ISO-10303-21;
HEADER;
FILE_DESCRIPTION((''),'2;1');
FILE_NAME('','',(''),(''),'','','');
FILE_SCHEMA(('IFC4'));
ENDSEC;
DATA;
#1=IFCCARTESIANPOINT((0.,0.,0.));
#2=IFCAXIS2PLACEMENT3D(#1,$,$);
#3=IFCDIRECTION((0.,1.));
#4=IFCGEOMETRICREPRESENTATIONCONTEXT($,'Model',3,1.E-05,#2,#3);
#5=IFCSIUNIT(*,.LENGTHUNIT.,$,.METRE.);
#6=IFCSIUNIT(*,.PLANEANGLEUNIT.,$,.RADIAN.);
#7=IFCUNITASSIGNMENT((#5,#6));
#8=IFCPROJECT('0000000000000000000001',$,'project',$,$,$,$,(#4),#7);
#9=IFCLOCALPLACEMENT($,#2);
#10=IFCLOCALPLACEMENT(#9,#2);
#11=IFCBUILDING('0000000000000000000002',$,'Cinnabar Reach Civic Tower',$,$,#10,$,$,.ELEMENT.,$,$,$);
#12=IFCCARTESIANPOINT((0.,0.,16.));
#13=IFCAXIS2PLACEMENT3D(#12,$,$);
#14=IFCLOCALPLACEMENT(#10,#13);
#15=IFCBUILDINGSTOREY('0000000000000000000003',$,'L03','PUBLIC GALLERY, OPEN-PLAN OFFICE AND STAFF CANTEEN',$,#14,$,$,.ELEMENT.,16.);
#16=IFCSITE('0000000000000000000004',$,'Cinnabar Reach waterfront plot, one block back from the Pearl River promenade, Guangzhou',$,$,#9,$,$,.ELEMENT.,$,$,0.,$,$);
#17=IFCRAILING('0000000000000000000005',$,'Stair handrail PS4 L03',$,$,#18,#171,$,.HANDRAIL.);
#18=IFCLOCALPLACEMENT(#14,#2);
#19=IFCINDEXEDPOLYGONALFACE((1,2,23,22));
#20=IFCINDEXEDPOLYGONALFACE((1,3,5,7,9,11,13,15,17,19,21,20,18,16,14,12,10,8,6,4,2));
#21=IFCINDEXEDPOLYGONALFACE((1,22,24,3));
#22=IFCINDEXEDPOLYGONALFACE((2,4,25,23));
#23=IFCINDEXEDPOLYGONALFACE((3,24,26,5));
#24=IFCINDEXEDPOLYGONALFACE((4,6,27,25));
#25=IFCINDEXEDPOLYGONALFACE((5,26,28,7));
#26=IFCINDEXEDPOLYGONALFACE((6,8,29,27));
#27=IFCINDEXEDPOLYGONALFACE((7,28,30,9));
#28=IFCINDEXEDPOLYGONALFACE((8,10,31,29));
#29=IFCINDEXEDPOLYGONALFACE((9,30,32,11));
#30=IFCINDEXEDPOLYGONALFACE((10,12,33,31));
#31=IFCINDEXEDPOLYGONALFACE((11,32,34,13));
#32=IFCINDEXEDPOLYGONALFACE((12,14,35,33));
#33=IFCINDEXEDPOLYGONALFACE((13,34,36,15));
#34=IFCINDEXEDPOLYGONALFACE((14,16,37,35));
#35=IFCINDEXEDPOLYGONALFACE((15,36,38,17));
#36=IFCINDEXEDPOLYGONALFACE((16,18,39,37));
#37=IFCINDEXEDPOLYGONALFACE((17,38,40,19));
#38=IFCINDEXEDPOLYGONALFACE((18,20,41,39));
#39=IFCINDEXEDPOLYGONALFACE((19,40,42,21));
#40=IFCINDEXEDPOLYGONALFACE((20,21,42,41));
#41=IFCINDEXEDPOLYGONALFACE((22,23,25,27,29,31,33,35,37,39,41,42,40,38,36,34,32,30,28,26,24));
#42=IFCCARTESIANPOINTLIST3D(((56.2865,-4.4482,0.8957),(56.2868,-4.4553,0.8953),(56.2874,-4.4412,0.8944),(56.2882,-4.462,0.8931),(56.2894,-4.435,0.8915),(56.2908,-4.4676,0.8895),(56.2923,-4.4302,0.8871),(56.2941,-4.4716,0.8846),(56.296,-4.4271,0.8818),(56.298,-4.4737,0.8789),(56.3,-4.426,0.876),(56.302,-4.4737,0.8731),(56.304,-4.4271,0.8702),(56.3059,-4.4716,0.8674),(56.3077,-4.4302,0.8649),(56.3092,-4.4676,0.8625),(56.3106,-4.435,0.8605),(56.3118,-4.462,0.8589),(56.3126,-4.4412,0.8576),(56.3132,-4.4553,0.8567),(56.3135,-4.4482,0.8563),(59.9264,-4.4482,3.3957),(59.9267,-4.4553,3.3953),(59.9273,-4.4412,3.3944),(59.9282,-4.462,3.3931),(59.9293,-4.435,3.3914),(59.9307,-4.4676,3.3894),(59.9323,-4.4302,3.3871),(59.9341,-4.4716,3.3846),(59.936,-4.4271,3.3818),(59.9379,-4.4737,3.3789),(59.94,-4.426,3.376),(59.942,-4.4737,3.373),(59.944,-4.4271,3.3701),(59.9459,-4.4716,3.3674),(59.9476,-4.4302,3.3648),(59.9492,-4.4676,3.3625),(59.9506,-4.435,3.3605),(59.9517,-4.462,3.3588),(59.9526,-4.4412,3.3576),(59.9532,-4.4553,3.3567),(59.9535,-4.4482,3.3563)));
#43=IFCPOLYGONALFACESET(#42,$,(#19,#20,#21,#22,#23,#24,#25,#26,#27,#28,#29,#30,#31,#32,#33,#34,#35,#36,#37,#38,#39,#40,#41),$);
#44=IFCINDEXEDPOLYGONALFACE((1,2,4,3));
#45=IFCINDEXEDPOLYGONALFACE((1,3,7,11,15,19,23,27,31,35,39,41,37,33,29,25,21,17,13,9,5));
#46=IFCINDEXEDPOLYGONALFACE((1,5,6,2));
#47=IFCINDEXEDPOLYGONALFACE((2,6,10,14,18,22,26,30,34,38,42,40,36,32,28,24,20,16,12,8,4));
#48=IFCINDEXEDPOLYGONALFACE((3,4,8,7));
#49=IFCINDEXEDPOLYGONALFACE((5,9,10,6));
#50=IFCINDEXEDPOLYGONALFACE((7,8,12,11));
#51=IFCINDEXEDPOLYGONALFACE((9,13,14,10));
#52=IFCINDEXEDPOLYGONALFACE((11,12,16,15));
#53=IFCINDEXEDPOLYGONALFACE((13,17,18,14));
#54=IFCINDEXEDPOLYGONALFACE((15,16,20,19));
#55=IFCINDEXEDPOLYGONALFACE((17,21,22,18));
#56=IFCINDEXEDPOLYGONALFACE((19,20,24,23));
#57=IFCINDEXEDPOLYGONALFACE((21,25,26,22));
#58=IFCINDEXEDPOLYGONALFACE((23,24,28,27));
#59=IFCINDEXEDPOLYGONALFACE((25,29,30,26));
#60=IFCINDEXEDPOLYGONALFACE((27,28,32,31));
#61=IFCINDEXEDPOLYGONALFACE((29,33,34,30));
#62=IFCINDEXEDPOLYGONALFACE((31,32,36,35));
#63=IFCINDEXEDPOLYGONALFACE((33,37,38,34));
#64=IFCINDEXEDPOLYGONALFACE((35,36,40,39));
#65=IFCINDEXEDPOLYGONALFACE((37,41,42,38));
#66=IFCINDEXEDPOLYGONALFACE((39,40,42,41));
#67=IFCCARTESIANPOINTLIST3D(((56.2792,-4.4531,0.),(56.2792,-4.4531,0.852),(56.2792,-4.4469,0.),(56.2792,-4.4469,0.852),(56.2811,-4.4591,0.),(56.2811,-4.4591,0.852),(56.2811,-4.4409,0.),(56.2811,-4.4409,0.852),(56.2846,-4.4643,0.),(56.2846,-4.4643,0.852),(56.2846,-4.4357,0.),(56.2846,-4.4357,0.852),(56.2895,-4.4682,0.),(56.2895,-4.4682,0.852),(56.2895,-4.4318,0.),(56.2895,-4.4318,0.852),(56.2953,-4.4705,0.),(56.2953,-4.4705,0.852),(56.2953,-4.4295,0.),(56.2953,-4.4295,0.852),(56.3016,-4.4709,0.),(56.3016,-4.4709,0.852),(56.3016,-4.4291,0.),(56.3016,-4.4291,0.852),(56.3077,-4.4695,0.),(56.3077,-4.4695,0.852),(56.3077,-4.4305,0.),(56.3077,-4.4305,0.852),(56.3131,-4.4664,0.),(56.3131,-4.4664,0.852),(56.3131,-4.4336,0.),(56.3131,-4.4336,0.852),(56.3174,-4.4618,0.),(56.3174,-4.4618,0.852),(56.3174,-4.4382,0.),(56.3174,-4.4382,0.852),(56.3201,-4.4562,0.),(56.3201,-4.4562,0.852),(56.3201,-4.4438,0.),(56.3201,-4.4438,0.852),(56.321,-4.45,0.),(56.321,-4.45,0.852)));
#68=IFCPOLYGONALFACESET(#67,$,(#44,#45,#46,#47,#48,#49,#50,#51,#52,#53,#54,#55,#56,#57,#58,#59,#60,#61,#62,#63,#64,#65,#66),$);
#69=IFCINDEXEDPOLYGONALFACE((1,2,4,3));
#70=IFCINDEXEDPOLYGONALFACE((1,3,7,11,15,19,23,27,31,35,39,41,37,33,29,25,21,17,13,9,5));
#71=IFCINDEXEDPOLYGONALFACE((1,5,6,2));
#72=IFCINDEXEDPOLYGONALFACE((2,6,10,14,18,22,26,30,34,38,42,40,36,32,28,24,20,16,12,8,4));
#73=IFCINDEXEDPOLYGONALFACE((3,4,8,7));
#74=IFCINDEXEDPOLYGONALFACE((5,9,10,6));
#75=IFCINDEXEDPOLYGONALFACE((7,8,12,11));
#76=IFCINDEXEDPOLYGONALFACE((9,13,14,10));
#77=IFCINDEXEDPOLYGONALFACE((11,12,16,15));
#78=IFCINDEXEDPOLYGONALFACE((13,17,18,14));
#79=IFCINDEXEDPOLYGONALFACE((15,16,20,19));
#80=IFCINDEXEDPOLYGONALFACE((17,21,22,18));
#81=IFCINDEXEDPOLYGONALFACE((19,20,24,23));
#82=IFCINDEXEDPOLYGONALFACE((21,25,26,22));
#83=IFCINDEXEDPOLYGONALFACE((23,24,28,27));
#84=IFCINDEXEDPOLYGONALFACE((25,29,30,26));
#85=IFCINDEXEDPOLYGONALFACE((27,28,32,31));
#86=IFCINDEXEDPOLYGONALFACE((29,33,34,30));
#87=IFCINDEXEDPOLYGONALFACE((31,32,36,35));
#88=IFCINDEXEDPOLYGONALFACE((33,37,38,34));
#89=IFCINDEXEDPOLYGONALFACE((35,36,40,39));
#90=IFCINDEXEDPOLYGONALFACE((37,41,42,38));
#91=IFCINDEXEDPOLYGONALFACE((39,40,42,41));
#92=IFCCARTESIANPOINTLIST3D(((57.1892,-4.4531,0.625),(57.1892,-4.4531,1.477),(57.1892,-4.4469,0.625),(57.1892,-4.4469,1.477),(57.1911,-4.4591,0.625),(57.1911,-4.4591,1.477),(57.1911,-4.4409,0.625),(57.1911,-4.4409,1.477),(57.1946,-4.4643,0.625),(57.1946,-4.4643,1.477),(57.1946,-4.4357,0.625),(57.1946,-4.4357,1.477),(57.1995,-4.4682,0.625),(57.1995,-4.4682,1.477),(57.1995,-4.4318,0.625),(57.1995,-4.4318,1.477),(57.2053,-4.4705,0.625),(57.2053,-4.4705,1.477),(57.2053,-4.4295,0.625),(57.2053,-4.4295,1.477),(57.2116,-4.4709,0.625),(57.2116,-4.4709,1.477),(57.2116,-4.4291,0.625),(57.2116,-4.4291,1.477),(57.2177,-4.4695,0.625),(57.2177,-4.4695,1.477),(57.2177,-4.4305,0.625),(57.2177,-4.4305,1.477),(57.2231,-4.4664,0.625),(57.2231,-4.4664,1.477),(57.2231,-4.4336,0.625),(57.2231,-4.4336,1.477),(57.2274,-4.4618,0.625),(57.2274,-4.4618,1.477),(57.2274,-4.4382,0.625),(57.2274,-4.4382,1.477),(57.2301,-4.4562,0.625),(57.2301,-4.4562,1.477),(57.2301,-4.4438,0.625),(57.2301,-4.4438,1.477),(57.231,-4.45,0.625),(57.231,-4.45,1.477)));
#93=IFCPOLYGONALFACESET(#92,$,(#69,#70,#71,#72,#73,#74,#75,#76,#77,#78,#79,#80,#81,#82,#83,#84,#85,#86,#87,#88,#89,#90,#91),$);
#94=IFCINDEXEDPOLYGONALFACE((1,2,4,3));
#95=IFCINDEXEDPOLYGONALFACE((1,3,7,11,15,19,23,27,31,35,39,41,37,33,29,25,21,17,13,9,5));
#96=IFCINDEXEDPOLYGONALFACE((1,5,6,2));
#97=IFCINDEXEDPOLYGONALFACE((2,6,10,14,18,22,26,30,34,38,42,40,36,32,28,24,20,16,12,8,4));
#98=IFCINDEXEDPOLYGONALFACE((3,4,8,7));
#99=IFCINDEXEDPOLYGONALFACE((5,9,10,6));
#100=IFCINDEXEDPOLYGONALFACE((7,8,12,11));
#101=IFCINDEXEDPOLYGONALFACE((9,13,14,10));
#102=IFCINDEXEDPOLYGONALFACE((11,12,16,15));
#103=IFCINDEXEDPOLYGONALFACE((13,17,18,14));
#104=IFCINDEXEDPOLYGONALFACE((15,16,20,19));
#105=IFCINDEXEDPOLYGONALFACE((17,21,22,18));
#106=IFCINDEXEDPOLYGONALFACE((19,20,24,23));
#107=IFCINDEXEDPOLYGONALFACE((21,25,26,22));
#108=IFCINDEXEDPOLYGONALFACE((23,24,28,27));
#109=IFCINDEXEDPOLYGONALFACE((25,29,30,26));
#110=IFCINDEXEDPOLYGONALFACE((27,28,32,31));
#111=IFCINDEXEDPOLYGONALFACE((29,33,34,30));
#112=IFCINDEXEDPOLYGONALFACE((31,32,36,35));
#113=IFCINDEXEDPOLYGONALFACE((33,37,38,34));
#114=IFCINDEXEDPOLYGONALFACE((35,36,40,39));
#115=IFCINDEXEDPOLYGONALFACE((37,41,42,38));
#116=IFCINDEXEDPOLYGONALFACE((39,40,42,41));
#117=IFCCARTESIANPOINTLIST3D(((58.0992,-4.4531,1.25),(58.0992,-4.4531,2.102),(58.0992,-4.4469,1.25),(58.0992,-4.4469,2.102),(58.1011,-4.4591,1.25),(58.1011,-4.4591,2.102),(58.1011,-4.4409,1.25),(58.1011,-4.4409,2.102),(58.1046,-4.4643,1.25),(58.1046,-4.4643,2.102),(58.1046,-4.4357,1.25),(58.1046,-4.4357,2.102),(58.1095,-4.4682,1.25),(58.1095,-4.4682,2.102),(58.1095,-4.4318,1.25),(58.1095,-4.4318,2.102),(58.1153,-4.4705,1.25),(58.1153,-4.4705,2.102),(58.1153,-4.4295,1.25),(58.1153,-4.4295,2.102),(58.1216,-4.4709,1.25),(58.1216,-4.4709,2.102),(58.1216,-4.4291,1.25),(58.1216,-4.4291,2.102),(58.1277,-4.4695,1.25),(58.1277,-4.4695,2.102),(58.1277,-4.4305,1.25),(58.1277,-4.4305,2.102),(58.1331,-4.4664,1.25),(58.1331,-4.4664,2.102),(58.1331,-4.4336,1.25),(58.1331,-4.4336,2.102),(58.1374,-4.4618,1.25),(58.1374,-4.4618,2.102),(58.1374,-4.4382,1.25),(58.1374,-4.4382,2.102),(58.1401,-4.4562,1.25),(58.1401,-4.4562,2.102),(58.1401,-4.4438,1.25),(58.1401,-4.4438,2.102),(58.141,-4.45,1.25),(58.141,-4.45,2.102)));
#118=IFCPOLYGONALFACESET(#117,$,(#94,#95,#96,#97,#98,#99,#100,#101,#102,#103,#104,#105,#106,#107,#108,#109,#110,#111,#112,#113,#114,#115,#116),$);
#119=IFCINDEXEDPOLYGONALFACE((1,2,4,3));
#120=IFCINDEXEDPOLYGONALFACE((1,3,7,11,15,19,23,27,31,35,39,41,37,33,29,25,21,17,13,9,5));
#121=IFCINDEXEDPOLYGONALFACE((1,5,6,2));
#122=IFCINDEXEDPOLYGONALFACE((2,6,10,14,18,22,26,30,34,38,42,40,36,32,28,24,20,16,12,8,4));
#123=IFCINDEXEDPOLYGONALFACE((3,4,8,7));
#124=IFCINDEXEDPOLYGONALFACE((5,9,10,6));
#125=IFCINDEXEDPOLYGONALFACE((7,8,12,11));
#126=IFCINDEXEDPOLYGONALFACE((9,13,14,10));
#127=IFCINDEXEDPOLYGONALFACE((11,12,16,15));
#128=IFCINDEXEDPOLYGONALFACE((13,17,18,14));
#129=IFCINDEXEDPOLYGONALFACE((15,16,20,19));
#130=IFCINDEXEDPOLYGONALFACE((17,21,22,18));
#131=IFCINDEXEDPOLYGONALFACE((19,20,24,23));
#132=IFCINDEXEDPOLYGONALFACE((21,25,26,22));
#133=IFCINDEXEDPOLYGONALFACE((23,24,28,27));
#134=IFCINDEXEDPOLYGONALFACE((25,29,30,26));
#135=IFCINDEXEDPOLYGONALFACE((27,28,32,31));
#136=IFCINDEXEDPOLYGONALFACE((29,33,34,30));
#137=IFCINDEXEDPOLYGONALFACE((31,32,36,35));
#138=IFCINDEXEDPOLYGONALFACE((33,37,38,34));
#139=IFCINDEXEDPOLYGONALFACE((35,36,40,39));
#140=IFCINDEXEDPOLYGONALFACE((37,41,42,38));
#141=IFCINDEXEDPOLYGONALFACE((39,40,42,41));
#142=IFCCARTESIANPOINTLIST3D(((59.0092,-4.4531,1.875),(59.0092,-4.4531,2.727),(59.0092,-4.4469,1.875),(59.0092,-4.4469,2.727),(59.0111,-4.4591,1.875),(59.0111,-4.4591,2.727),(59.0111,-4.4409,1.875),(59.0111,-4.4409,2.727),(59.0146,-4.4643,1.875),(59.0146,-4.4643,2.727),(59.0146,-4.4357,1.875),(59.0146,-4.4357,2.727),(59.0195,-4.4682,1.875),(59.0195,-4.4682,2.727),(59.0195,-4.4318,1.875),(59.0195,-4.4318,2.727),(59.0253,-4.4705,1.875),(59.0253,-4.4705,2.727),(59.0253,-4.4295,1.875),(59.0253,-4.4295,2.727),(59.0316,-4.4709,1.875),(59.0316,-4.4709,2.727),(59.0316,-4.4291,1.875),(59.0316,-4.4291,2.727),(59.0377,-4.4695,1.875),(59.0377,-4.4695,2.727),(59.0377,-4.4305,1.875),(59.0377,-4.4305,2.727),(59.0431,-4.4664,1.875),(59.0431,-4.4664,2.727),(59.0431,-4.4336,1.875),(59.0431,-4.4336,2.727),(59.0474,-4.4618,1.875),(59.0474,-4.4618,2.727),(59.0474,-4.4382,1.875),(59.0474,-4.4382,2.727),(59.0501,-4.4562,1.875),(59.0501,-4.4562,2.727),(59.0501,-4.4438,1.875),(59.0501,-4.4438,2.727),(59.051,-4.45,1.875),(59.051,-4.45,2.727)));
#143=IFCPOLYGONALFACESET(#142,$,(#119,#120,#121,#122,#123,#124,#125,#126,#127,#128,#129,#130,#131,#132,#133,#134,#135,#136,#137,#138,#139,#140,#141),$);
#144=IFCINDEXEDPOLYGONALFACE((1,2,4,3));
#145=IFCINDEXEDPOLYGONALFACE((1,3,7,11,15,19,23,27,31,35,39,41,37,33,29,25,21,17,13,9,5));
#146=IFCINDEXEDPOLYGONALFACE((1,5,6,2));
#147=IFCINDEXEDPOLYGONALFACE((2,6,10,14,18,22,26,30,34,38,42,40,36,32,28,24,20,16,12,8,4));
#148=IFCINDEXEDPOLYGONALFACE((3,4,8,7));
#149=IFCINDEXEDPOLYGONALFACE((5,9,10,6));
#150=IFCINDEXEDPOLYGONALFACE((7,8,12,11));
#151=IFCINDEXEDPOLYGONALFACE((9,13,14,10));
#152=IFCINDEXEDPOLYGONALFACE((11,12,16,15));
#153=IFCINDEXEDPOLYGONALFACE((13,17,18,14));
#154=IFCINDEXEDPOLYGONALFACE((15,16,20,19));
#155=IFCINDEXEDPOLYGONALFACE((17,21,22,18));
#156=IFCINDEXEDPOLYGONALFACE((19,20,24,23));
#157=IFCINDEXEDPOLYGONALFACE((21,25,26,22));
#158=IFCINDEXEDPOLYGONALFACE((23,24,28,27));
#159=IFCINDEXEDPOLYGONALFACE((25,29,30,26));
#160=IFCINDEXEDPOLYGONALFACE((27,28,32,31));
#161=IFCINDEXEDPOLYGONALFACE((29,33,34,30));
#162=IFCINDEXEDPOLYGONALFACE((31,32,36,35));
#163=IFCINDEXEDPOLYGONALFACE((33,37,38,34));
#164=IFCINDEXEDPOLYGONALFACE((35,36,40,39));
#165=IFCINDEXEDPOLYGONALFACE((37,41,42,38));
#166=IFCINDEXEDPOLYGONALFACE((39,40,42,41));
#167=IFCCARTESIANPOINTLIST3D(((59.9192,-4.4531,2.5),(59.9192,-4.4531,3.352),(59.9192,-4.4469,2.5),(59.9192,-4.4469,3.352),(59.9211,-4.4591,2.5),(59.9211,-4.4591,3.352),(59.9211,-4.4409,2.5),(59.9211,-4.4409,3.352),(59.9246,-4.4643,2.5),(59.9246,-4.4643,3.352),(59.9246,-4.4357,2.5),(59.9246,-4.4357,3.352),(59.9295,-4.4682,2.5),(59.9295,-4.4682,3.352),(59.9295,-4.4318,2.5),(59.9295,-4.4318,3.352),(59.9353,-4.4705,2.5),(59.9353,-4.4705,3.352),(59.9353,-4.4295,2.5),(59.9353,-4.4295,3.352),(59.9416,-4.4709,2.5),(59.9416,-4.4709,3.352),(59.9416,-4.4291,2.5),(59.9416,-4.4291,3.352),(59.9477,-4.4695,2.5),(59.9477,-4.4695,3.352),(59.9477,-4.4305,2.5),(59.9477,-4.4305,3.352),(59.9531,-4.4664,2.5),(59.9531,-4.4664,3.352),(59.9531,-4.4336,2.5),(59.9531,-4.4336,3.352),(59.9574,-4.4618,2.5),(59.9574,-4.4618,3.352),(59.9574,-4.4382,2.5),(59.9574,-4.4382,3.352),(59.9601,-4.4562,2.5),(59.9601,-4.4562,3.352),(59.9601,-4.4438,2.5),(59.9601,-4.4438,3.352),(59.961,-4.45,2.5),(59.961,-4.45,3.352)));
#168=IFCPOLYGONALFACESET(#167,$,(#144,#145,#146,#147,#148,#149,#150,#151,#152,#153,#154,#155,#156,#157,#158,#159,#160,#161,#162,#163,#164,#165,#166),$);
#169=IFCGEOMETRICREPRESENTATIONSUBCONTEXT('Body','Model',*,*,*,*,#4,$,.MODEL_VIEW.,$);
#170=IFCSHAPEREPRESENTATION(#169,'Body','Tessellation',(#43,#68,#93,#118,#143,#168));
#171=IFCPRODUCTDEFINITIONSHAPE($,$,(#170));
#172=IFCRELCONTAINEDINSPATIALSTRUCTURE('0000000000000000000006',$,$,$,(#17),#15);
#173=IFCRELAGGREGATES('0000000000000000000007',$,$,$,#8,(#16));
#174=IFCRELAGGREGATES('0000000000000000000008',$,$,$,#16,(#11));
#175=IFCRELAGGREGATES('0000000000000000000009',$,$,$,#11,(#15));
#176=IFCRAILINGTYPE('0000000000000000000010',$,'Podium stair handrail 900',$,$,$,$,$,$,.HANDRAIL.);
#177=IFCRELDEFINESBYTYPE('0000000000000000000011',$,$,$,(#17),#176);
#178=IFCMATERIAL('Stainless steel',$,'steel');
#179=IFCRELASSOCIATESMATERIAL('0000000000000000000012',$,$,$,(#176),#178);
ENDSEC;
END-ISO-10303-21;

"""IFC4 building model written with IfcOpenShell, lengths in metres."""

from ifc_helpers import new_model, si_unit, direction, frame, origin, origin_2d, place, context, subcontext, project, spatial, circle, extrude, material, type_object, element, save


model = new_model("IFC4")

# Units and contexts
model_context = context("Model", 3, precision=1e-05, world=origin(), true_north=direction((0.0, 1.0)))
body_context = subcontext(model_context, "Body", "Model", "MODEL_VIEW")
ifc_project = project(units=[si_unit("LENGTHUNIT", "METRE"), si_unit("PLANEANGLEUNIT", "RADIAN")], contexts=[model_context])

# Site, building, storey
site_placement = place(None, origin())
site = spatial("IfcSite", under=ifc_project, at=site_placement, Name="Cinnabar Reach waterfront plot, one block back from the Pearl River promenade, Guangzhou", CompositionType="ELEMENT", RefElevation=0.0)
building_placement = place(site_placement, origin())
building = spatial("IfcBuilding", under=site, at=building_placement, Name="Cinnabar Reach Civic Tower", CompositionType="ELEMENT")
storey_placement = place(building_placement, frame((0.0, 0.0, 16.0)))
storey = spatial("IfcBuildingStorey", under=building, at=storey_placement, Name="L03", Description="PUBLIC GALLERY, OPEN-PLAN OFFICE AND STAFF CANTEEN", CompositionType="ELEMENT", Elevation=16.0)

# Railing
ifc_material_1 = material(Name="Stainless steel", Category="steel")
railing_type_1 = type_object("IfcRailingType", Name="Podium stair handrail 900", PredefinedType="HANDRAIL", material=ifc_material_1)
railing_1_placement = place(storey_placement, frame((56.3, -4.45, 0.0)))
element("IfcRailing", 1, at=railing_1_placement, inside=storey, type_object=railing_type_1, Name="Stair handrail PS4 L03", PredefinedType="HANDRAIL", context=body_context, shape_type="SweptSolid", body=[
    extrude(circle(Radius=0.024, at=origin_2d()), frame((0.0, 0.0, 0.876), z_axis=(0.824306, 0.0, 0.566144), x_axis=(0.0, 1.0, 0.0)), (0.0, 0.0, 1.0), 4.4158),
    extrude(circle(Radius=0.021, at=origin_2d()), origin(), (0.0, 0.0, 1.0), 0.852),
    extrude(circle(Radius=0.021, at=origin_2d()), frame((0.91, 0.0, 0.625)), (0.0, 0.0, 1.0), 0.852),
    extrude(circle(Radius=0.021, at=origin_2d()), frame((1.82, 0.0, 1.25)), (0.0, 0.0, 1.0), 0.852),
    extrude(circle(Radius=0.021, at=origin_2d()), frame((2.73, 0.0, 1.875)), (0.0, 0.0, 1.0), 0.852),
    extrude(circle(Radius=0.021, at=origin_2d()), frame((3.64, 0.0, 2.5)), (0.0, 0.0, 1.0), 0.852),
])

save(model, "model.ifc")
